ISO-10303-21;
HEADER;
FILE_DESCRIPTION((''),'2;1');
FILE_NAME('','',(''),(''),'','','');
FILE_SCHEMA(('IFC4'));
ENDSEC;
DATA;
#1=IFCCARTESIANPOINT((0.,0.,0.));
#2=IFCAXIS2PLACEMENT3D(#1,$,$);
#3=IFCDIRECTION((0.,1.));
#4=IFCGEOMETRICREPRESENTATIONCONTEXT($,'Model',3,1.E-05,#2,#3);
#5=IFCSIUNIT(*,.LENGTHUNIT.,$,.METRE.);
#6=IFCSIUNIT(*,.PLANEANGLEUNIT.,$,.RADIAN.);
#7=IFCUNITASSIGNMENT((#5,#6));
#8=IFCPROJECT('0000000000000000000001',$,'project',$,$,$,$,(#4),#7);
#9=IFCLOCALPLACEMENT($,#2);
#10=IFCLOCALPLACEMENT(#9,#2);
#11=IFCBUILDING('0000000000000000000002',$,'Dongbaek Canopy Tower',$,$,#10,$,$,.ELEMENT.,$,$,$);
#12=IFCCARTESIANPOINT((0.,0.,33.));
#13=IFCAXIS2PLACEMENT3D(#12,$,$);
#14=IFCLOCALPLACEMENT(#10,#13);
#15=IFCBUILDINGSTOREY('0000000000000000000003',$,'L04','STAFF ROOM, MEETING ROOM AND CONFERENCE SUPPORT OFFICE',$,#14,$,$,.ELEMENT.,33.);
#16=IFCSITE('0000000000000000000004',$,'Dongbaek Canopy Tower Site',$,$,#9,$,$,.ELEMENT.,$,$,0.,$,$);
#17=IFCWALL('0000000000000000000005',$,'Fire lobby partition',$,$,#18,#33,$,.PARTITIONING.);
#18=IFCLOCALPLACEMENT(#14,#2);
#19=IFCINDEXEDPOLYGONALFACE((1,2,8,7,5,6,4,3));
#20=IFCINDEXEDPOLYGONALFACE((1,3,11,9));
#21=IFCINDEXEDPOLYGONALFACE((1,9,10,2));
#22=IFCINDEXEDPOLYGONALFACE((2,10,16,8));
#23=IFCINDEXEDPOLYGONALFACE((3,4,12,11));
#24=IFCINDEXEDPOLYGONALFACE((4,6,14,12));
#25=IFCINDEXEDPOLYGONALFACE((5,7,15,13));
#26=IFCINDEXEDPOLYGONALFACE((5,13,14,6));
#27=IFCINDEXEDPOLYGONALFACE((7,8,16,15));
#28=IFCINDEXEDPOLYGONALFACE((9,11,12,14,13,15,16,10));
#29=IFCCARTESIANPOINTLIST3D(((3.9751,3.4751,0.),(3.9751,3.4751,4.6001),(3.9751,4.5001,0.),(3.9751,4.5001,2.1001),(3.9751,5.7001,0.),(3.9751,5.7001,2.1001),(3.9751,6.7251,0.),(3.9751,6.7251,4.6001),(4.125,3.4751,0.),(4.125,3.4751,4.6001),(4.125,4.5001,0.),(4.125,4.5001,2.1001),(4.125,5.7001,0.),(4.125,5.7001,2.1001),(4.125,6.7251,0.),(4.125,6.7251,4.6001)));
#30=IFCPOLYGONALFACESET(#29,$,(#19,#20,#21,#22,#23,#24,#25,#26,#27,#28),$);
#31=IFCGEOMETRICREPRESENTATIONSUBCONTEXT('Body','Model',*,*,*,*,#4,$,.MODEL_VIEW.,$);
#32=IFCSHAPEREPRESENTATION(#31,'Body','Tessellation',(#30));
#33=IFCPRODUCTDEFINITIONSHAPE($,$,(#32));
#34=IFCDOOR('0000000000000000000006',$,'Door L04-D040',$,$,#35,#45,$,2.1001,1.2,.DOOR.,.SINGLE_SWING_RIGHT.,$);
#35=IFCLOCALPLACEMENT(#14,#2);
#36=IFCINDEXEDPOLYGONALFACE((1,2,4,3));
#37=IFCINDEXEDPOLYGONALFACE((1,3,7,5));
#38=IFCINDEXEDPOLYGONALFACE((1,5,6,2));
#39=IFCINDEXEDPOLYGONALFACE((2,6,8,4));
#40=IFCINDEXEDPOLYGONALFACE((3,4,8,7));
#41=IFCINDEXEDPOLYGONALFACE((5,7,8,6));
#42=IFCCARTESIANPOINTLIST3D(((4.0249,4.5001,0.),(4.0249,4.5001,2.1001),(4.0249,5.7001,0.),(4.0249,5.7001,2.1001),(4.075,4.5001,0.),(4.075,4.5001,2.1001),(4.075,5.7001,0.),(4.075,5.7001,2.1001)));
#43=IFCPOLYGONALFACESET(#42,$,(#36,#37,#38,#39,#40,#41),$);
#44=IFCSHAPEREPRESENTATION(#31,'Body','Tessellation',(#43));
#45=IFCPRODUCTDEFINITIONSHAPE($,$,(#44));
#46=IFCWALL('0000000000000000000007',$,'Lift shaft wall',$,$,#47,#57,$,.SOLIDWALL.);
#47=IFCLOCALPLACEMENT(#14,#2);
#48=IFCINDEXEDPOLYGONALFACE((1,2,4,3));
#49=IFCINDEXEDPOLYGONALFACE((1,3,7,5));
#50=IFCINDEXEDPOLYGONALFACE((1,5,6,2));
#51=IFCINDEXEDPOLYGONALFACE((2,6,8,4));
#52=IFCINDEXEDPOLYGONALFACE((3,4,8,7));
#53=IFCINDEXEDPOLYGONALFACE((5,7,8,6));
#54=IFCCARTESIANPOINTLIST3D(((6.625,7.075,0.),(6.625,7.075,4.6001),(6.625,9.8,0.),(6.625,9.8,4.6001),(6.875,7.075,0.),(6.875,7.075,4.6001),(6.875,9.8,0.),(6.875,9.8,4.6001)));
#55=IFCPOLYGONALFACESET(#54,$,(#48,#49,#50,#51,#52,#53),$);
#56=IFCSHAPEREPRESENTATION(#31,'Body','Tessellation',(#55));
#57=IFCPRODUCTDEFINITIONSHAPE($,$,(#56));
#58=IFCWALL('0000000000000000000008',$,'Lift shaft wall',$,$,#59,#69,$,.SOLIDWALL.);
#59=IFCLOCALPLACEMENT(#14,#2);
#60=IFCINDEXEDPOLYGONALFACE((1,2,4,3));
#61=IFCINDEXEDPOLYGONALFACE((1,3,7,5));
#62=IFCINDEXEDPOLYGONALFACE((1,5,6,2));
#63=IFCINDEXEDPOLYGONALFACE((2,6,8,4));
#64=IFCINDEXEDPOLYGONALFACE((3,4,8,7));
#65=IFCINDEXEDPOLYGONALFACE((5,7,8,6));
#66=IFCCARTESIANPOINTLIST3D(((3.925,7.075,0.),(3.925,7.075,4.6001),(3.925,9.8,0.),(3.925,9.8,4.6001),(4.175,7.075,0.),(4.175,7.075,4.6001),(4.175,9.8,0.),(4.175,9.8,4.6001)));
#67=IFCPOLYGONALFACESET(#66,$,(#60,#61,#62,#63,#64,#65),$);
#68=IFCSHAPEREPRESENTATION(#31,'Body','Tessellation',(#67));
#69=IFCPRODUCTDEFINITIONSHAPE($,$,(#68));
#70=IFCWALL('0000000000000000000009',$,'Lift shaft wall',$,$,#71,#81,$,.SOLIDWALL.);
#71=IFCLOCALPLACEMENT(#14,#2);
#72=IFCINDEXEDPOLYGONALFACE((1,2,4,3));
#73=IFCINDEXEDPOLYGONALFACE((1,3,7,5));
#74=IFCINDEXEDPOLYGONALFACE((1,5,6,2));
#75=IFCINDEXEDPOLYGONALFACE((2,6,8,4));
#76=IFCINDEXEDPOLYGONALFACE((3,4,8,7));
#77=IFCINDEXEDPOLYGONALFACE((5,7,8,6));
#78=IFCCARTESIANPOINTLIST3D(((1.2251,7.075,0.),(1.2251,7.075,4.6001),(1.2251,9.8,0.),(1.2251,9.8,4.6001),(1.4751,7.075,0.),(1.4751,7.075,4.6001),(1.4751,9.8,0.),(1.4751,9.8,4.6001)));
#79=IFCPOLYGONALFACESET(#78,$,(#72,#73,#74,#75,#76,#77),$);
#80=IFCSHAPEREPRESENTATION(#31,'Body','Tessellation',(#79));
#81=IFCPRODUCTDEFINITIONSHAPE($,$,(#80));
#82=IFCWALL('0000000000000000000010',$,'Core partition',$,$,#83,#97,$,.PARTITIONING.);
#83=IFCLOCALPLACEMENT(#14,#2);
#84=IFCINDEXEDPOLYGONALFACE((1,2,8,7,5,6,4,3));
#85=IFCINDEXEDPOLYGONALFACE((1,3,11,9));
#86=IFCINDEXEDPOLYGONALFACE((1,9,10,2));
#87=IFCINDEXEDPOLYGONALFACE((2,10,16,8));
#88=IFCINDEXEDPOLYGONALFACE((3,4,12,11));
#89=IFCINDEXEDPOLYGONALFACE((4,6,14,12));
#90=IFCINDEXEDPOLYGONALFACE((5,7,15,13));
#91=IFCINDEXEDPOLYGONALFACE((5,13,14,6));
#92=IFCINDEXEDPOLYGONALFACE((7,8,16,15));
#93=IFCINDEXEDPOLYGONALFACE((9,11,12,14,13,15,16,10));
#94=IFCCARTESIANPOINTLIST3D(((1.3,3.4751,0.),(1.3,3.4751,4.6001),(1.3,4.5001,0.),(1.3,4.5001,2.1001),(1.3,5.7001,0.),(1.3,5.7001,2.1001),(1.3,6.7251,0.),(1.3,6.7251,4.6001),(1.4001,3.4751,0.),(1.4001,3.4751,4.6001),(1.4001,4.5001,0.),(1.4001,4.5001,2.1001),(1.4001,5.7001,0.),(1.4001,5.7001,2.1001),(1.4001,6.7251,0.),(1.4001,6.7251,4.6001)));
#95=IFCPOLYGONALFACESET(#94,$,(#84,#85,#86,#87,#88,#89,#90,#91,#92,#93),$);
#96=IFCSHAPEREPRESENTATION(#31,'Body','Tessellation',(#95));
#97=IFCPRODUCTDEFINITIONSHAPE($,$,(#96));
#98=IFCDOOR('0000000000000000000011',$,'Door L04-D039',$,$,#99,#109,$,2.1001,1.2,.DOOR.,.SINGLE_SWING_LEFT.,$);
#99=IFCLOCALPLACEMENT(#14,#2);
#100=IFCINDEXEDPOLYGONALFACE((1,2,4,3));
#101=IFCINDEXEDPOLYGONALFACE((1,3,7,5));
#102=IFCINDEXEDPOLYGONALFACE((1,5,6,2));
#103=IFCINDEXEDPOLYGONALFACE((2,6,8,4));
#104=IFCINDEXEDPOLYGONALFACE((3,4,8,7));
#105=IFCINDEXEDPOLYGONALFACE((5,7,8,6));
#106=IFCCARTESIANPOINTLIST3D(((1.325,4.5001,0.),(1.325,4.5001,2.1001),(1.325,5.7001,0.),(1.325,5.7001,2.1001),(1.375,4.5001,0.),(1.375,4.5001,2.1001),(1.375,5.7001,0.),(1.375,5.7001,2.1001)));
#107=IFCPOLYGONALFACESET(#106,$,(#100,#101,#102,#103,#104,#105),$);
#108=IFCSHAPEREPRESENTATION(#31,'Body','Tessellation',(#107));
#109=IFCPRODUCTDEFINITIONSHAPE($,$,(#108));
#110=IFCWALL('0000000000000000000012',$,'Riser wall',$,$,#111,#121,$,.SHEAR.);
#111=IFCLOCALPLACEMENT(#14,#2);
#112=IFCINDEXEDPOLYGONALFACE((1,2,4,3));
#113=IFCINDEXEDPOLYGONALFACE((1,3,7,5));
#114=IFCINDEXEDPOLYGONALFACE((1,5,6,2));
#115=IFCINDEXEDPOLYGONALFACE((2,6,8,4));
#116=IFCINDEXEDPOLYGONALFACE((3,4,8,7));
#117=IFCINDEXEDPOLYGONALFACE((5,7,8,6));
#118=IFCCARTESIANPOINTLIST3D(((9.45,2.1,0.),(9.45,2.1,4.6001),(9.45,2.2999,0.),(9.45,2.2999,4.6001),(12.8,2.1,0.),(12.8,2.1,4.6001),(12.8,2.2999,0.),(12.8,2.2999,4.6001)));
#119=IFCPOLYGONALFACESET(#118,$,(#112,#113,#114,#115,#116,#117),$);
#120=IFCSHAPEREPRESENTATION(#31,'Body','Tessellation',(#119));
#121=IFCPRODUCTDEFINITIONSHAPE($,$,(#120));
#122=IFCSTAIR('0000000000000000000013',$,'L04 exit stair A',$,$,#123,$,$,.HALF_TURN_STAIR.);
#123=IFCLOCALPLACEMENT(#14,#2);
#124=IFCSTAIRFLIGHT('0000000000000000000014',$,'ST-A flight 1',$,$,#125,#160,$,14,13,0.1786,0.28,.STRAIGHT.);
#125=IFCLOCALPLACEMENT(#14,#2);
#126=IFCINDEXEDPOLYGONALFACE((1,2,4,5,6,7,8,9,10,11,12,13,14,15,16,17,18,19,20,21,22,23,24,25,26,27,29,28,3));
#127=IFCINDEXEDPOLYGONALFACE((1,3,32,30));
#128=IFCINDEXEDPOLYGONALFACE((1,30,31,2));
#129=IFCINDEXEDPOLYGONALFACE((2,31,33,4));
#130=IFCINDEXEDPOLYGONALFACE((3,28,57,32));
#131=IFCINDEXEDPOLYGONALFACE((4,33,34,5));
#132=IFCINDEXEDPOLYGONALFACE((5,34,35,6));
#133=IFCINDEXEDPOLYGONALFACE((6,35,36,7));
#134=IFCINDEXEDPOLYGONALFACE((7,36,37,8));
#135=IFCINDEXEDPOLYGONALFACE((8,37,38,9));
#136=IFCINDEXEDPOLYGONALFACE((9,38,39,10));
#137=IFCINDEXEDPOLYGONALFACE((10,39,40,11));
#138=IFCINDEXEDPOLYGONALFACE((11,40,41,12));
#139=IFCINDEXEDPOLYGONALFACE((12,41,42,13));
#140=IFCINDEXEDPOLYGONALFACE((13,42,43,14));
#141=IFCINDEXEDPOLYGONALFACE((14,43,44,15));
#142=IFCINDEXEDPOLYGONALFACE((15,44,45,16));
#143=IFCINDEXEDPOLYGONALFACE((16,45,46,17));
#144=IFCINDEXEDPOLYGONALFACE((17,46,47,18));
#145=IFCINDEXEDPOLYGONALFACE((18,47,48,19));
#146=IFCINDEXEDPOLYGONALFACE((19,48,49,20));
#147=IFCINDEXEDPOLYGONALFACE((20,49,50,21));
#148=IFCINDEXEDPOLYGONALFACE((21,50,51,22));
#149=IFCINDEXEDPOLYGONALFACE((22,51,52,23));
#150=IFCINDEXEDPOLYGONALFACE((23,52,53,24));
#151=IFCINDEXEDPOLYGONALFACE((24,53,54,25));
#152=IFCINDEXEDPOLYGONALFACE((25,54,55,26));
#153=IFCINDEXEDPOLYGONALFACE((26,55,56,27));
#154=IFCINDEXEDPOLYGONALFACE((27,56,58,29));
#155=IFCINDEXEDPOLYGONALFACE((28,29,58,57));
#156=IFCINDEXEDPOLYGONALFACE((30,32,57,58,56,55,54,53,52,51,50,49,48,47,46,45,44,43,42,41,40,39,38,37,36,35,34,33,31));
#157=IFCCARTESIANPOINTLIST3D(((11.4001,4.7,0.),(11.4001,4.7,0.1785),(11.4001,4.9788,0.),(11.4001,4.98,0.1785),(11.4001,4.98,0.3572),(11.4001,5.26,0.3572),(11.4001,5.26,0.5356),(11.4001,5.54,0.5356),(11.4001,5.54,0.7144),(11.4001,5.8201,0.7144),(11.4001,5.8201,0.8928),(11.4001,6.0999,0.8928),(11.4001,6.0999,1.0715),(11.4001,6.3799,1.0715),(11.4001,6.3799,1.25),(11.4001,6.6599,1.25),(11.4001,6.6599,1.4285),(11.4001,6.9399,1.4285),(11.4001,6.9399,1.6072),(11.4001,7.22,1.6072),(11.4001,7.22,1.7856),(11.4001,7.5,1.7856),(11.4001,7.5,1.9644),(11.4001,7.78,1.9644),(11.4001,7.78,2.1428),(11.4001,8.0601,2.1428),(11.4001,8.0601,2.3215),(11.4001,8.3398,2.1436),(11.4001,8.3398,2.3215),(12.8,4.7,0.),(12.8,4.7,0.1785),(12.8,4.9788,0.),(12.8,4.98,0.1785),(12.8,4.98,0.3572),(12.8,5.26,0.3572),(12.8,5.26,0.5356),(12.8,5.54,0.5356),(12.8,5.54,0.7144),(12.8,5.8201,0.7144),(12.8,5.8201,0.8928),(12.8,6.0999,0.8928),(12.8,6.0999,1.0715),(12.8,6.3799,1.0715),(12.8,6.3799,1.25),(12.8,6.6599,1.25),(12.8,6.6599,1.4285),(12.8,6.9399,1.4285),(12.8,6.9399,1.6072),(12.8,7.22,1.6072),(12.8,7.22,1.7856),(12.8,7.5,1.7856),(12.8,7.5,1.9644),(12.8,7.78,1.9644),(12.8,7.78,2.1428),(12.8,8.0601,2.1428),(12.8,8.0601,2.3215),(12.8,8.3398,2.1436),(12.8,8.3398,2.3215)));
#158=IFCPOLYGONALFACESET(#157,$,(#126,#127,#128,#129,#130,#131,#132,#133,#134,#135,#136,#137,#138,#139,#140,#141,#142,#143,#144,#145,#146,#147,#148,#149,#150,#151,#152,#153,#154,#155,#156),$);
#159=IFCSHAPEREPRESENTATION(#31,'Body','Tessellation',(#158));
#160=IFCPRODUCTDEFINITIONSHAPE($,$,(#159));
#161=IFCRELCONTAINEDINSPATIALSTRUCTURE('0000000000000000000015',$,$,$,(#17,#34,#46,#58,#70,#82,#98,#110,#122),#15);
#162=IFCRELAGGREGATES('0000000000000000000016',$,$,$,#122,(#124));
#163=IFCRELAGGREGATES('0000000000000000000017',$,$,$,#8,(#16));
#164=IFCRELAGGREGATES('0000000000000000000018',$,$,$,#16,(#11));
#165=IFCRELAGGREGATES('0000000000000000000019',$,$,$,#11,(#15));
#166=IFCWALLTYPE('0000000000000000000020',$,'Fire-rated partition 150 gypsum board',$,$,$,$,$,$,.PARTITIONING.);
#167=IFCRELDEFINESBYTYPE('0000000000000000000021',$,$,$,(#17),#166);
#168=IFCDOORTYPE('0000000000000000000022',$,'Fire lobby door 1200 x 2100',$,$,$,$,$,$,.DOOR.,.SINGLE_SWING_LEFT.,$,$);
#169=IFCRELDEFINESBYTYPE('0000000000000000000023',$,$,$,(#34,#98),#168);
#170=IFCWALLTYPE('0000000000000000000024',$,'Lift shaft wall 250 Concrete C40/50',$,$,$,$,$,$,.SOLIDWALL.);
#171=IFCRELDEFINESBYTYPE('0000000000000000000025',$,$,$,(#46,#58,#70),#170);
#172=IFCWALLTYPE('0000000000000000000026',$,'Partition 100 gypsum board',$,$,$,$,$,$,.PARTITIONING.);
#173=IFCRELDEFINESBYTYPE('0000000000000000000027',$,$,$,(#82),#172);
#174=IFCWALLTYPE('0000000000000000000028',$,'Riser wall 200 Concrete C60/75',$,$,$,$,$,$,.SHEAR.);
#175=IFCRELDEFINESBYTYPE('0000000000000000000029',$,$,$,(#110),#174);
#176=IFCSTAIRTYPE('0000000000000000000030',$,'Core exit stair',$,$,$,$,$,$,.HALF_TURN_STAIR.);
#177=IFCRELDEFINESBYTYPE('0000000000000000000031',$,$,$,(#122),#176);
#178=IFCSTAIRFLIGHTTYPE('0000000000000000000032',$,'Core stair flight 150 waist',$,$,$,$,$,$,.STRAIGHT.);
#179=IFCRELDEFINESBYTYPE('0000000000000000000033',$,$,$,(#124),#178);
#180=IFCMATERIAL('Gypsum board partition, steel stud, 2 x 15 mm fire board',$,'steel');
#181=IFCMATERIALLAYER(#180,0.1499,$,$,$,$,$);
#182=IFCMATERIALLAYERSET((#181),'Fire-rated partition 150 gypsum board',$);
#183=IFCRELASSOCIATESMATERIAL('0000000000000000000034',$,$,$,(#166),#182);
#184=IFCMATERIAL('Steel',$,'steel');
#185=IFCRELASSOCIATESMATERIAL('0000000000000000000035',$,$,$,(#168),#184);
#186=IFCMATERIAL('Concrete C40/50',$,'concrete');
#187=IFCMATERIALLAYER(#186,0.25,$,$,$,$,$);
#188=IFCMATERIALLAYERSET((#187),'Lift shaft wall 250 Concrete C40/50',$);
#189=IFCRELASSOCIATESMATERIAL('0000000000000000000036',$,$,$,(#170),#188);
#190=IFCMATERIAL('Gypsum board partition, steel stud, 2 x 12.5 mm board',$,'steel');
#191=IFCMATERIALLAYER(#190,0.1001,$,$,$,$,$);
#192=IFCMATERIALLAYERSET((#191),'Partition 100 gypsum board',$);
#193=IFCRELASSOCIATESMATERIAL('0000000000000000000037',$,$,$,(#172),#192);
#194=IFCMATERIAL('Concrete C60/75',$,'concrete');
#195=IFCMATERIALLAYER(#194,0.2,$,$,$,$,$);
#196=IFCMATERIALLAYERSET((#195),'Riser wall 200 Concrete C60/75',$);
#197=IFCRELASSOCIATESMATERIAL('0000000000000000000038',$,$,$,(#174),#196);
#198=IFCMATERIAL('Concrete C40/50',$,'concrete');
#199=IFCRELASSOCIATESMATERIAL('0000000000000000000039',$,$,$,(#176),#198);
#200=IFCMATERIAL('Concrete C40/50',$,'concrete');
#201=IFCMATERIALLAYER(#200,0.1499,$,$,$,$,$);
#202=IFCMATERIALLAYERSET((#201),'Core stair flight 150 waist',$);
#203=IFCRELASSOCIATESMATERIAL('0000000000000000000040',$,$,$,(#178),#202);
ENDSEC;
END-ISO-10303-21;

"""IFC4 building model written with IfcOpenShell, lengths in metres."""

from ifc_helpers import new_model, si_unit, direction, frame, frame_2d, origin, place, context, subcontext, project, spatial, polyline, rectangle, outline, extrude, material, layer, layer_set, type_object, element, fill, aggregate, save


model = new_model("IFC4")

# Units and contexts
model_context = context("Model", 3, precision=1e-05, world=origin(), true_north=direction((0.0, 1.0)))
body_context = subcontext(model_context, "Body", "Model", "MODEL_VIEW")
ifc_project = project(units=[si_unit("LENGTHUNIT", "METRE"), si_unit("PLANEANGLEUNIT", "RADIAN")], contexts=[model_context])

# Site, building, storey
site_placement = place(None, origin())
site = spatial("IfcSite", under=ifc_project, at=site_placement, Name="Dongbaek Canopy Tower Site", CompositionType="ELEMENT", RefElevation=0.0)
building_placement = place(site_placement, origin())
building = spatial("IfcBuilding", under=site, at=building_placement, Name="Dongbaek Canopy Tower", CompositionType="ELEMENT")
storey_placement = place(building_placement, frame((0.0, 0.0, 33.0)))
storey = spatial("IfcBuildingStorey", under=building, at=storey_placement, Name="L04", Description="STAFF ROOM, MEETING ROOM AND CONFERENCE SUPPORT OFFICE", CompositionType="ELEMENT", Elevation=33.0)

# Wall, opening, door
ifc_material_1 = material(Name="Gypsum board partition, steel stud, 2 x 15 mm fire board", Category="steel")
ifc_layer_1 = layer(ifc_material_1, 0.1499)
ifc_layer_set_1 = layer_set([ifc_layer_1], Name="Fire-rated partition 150 gypsum board")
wall_type_1 = type_object("IfcWallType", Name="Fire-rated partition 150 gypsum board", PredefinedType="PARTITIONING", material=ifc_layer_set_1)
wall_1_placement = place(storey_placement, frame((4.05, 6.7251, 0.0), z_axis=(0.0, 0.0, 1.0), x_axis=(0.0, -1.0, 0.0)))
wall_1 = element("IfcWall", 1, at=wall_1_placement, inside=storey, type_object=wall_type_1, Name="Fire lobby partition", PredefinedType="PARTITIONING", context=body_context, shape_type="SweptSolid", body=[
    extrude(rectangle(XDim=3.25, YDim=0.1499, at=frame_2d((1.625, 0.0))), origin(), (0.0, 0.0, 1.0), 4.6001),
])
opening_1_placement = place(wall_1_placement, frame((1.0249, 0.0, 0.0)))
opening_1 = element("IfcOpeningElement", 2, at=opening_1_placement, cuts=wall_1, PredefinedType="OPENING", context=body_context, shape_type="SweptSolid", body=[
    extrude(rectangle(XDim=1.2, YDim=2.1001, at=frame_2d((0.6001, 1.05))), frame((0.0, 0.085, 0.0), z_axis=(0.0, -1.0, 0.0), x_axis=(1.0, 0.0, 0.0)), (0.0, 0.0, 1.0), 0.1699),
])
ifc_material_2 = material(Name="Steel", Category="steel")
door_type_1 = type_object("IfcDoorType", Name="Fire lobby door 1200 x 2100", OperationType="SINGLE_SWING_LEFT", PredefinedType="DOOR", material=ifc_material_2)
door_1_placement = place(opening_1_placement, origin())
door_1 = element("IfcDoor", 3, at=door_1_placement, inside=storey, type_object=door_type_1, Name="Door L04-D040", OperationType="SINGLE_SWING_RIGHT", OverallHeight=2.1001, OverallWidth=1.2, PredefinedType="DOOR", context=body_context, shape_type="SweptSolid", body=[
    extrude(rectangle(XDim=1.2, YDim=2.1001, at=frame_2d((0.6001, 1.05))), frame((0.0, 0.0249, 0.0), z_axis=(0.0, -1.0, 0.0), x_axis=(1.0, 0.0, 0.0)), (0.0, 0.0, 1.0), 0.05),
])
fill(opening_1, door_1)

# Walls
ifc_material_3 = material(Name="Concrete C40/50", Category="concrete")
ifc_layer_2 = layer(ifc_material_3, 0.25)
ifc_layer_set_2 = layer_set([ifc_layer_2], Name="Lift shaft wall 250 Concrete C40/50")
wall_type_2 = type_object("IfcWallType", Name="Lift shaft wall 250 Concrete C40/50", PredefinedType="SOLIDWALL", material=ifc_layer_set_2)
for number, where, z_axis, x_axis, name in (
    (4, (6.75, 7.075, 0.0), (0.0, 0.0, 1.0), (0.0, 1.0, 0.0), "Lift shaft wall"),
    (5, (4.05, 7.075, 0.0), (0.0, 0.0, 1.0), (0.0, 1.0, 0.0), "Lift shaft wall"),
    (6, (1.3501, 7.075, 0.0), (0.0, 0.0, 1.0), (0.0, 1.0, 0.0), "Lift shaft wall"),
):
    element("IfcWall", number, at=place(storey_placement, frame(where, z_axis=z_axis, x_axis=x_axis)), inside=storey, type_object=wall_type_2, Name=name, PredefinedType="SOLIDWALL", context=body_context, shape_type="SweptSolid", body=[
        extrude(rectangle(XDim=2.7251, YDim=0.25, at=frame_2d((1.3625, 0.0))), origin(), (0.0, 0.0, 1.0), 4.6001),
    ])

# Wall, opening, door
ifc_material_4 = material(Name="Gypsum board partition, steel stud, 2 x 12.5 mm board", Category="steel")
ifc_layer_3 = layer(ifc_material_4, 0.1001)
ifc_layer_set_3 = layer_set([ifc_layer_3], Name="Partition 100 gypsum board")
wall_type_3 = type_object("IfcWallType", Name="Partition 100 gypsum board", PredefinedType="PARTITIONING", material=ifc_layer_set_3)
wall_2_placement = place(storey_placement, frame((1.3501, 6.7251, 0.0), z_axis=(0.0, 0.0, 1.0), x_axis=(0.0, -1.0, 0.0)))
wall_2 = element("IfcWall", 7, at=wall_2_placement, inside=storey, type_object=wall_type_3, Name="Core partition", PredefinedType="PARTITIONING", context=body_context, shape_type="SweptSolid", body=[
    extrude(rectangle(XDim=3.25, YDim=0.1001, at=frame_2d((1.625, 0.0))), origin(), (0.0, 0.0, 1.0), 4.6001),
])
opening_2_placement = place(wall_2_placement, frame((1.0249, 0.0, 0.0)))
opening_2 = element("IfcOpeningElement", 8, at=opening_2_placement, cuts=wall_2, PredefinedType="OPENING", context=body_context, shape_type="SweptSolid", body=[
    extrude(rectangle(XDim=1.2, YDim=2.1001, at=frame_2d((0.6001, 1.05))), frame((0.0, 0.0601, 0.0), z_axis=(0.0, -1.0, 0.0), x_axis=(1.0, 0.0, 0.0)), (0.0, 0.0, 1.0), 0.1201),
])
door_2_placement = place(opening_2_placement, origin())
door_2 = element("IfcDoor", 9, at=door_2_placement, inside=storey, type_object=door_type_1, Name="Door L04-D039", OperationType="SINGLE_SWING_LEFT", OverallHeight=2.1001, OverallWidth=1.2, PredefinedType="DOOR", context=body_context, shape_type="SweptSolid", body=[
    extrude(rectangle(XDim=1.2, YDim=2.1001, at=frame_2d((0.6001, 1.05))), frame((0.0, 0.0249, 0.0), z_axis=(0.0, -1.0, 0.0), x_axis=(1.0, 0.0, 0.0)), (0.0, 0.0, 1.0), 0.05),
])
fill(opening_2, door_2)

# Wall
ifc_material_5 = material(Name="Concrete C60/75", Category="concrete")
ifc_layer_4 = layer(ifc_material_5, 0.2)
ifc_layer_set_4 = layer_set([ifc_layer_4], Name="Riser wall 200 Concrete C60/75")
wall_type_4 = type_object("IfcWallType", Name="Riser wall 200 Concrete C60/75", PredefinedType="SHEAR", material=ifc_layer_set_4)
wall_3_placement = place(storey_placement, frame((9.45, 2.2, 0.0), z_axis=(0.0, 0.0, 1.0), x_axis=(1.0, 0.0, 0.0)))
element("IfcWall", 10, at=wall_3_placement, inside=storey, type_object=wall_type_4, Name="Riser wall", PredefinedType="SHEAR", context=body_context, shape_type="SweptSolid", body=[
    extrude(rectangle(XDim=3.3501, YDim=0.2, at=frame_2d((1.675, 0.0))), origin(), (0.0, 0.0, 1.0), 4.6001),
])

# Stair, stair flight
ifc_material_6 = material(Name="Concrete C40/50", Category="concrete")
stair_type = type_object("IfcStairType", Name="Core exit stair", PredefinedType="HALF_TURN_STAIR", material=ifc_material_6)
stair_placement = place(storey_placement, origin())
stair = element("IfcStair", 11, at=stair_placement, inside=storey, type_object=stair_type, Name="L04 exit stair A", PredefinedType="HALF_TURN_STAIR")
ifc_material_7 = material(Name="Concrete C40/50", Category="concrete")
ifc_layer_5 = layer(ifc_material_7, 0.1499)
ifc_layer_set_5 = layer_set([ifc_layer_5], Name="Core stair flight 150 waist")
stair_flight_type = type_object("IfcStairFlightType", Name="Core stair flight 150 waist", PredefinedType="STRAIGHT", material=ifc_layer_set_5)
stair_flight_1_placement = place(storey_placement, frame((12.1001, 4.7, 0.0), z_axis=(0.0, 0.0, 1.0), x_axis=(0.0, 1.0, 0.0)))
stair_flight_1 = element("IfcStairFlight", 12, at=stair_flight_1_placement, type_object=stair_flight_type, Name="ST-A flight 1", NumberOfRisers=14, NumberOfTreads=13, PredefinedType="STRAIGHT", RiserHeight=0.1786, TreadLength=0.28, context=body_context, shape_type="SweptSolid", body=[
    extrude(outline(polyline([(0.0, 0.0), (0.0, 0.1785), (0.28, 0.1785), (0.28, 0.3572), (0.5601, 0.3572), (0.5601, 0.5356), (0.8401, 0.5356), (0.8401, 0.7144), (1.1201, 0.7144), (1.1201, 0.8928), (1.3999, 0.8928), (1.3999, 1.0715), (1.6799, 1.0715), (1.6799, 1.25), (1.96, 1.25), (1.96, 1.4285), (2.24, 1.4285), (2.24, 1.6072), (2.52, 1.6072), (2.52, 1.7856), (2.8, 1.7856), (2.8, 1.9644), (3.0801, 1.9644), (3.0801, 2.1428), (3.3601, 2.1428), (3.3601, 2.3215), (3.6399, 2.3215), (3.6399, 2.5), (3.6399, 2.1436), (0.2788, 0.0), (0.0, 0.0)])), frame((0.0, 0.7, 0.0), z_axis=(0.0, -1.0, 0.0), x_axis=(1.0, 0.0, 0.0)), (0.0, 0.0, 1.0), 1.3999),
])
aggregate(stair, [stair_flight_1])

save(model, "model.ifc")
